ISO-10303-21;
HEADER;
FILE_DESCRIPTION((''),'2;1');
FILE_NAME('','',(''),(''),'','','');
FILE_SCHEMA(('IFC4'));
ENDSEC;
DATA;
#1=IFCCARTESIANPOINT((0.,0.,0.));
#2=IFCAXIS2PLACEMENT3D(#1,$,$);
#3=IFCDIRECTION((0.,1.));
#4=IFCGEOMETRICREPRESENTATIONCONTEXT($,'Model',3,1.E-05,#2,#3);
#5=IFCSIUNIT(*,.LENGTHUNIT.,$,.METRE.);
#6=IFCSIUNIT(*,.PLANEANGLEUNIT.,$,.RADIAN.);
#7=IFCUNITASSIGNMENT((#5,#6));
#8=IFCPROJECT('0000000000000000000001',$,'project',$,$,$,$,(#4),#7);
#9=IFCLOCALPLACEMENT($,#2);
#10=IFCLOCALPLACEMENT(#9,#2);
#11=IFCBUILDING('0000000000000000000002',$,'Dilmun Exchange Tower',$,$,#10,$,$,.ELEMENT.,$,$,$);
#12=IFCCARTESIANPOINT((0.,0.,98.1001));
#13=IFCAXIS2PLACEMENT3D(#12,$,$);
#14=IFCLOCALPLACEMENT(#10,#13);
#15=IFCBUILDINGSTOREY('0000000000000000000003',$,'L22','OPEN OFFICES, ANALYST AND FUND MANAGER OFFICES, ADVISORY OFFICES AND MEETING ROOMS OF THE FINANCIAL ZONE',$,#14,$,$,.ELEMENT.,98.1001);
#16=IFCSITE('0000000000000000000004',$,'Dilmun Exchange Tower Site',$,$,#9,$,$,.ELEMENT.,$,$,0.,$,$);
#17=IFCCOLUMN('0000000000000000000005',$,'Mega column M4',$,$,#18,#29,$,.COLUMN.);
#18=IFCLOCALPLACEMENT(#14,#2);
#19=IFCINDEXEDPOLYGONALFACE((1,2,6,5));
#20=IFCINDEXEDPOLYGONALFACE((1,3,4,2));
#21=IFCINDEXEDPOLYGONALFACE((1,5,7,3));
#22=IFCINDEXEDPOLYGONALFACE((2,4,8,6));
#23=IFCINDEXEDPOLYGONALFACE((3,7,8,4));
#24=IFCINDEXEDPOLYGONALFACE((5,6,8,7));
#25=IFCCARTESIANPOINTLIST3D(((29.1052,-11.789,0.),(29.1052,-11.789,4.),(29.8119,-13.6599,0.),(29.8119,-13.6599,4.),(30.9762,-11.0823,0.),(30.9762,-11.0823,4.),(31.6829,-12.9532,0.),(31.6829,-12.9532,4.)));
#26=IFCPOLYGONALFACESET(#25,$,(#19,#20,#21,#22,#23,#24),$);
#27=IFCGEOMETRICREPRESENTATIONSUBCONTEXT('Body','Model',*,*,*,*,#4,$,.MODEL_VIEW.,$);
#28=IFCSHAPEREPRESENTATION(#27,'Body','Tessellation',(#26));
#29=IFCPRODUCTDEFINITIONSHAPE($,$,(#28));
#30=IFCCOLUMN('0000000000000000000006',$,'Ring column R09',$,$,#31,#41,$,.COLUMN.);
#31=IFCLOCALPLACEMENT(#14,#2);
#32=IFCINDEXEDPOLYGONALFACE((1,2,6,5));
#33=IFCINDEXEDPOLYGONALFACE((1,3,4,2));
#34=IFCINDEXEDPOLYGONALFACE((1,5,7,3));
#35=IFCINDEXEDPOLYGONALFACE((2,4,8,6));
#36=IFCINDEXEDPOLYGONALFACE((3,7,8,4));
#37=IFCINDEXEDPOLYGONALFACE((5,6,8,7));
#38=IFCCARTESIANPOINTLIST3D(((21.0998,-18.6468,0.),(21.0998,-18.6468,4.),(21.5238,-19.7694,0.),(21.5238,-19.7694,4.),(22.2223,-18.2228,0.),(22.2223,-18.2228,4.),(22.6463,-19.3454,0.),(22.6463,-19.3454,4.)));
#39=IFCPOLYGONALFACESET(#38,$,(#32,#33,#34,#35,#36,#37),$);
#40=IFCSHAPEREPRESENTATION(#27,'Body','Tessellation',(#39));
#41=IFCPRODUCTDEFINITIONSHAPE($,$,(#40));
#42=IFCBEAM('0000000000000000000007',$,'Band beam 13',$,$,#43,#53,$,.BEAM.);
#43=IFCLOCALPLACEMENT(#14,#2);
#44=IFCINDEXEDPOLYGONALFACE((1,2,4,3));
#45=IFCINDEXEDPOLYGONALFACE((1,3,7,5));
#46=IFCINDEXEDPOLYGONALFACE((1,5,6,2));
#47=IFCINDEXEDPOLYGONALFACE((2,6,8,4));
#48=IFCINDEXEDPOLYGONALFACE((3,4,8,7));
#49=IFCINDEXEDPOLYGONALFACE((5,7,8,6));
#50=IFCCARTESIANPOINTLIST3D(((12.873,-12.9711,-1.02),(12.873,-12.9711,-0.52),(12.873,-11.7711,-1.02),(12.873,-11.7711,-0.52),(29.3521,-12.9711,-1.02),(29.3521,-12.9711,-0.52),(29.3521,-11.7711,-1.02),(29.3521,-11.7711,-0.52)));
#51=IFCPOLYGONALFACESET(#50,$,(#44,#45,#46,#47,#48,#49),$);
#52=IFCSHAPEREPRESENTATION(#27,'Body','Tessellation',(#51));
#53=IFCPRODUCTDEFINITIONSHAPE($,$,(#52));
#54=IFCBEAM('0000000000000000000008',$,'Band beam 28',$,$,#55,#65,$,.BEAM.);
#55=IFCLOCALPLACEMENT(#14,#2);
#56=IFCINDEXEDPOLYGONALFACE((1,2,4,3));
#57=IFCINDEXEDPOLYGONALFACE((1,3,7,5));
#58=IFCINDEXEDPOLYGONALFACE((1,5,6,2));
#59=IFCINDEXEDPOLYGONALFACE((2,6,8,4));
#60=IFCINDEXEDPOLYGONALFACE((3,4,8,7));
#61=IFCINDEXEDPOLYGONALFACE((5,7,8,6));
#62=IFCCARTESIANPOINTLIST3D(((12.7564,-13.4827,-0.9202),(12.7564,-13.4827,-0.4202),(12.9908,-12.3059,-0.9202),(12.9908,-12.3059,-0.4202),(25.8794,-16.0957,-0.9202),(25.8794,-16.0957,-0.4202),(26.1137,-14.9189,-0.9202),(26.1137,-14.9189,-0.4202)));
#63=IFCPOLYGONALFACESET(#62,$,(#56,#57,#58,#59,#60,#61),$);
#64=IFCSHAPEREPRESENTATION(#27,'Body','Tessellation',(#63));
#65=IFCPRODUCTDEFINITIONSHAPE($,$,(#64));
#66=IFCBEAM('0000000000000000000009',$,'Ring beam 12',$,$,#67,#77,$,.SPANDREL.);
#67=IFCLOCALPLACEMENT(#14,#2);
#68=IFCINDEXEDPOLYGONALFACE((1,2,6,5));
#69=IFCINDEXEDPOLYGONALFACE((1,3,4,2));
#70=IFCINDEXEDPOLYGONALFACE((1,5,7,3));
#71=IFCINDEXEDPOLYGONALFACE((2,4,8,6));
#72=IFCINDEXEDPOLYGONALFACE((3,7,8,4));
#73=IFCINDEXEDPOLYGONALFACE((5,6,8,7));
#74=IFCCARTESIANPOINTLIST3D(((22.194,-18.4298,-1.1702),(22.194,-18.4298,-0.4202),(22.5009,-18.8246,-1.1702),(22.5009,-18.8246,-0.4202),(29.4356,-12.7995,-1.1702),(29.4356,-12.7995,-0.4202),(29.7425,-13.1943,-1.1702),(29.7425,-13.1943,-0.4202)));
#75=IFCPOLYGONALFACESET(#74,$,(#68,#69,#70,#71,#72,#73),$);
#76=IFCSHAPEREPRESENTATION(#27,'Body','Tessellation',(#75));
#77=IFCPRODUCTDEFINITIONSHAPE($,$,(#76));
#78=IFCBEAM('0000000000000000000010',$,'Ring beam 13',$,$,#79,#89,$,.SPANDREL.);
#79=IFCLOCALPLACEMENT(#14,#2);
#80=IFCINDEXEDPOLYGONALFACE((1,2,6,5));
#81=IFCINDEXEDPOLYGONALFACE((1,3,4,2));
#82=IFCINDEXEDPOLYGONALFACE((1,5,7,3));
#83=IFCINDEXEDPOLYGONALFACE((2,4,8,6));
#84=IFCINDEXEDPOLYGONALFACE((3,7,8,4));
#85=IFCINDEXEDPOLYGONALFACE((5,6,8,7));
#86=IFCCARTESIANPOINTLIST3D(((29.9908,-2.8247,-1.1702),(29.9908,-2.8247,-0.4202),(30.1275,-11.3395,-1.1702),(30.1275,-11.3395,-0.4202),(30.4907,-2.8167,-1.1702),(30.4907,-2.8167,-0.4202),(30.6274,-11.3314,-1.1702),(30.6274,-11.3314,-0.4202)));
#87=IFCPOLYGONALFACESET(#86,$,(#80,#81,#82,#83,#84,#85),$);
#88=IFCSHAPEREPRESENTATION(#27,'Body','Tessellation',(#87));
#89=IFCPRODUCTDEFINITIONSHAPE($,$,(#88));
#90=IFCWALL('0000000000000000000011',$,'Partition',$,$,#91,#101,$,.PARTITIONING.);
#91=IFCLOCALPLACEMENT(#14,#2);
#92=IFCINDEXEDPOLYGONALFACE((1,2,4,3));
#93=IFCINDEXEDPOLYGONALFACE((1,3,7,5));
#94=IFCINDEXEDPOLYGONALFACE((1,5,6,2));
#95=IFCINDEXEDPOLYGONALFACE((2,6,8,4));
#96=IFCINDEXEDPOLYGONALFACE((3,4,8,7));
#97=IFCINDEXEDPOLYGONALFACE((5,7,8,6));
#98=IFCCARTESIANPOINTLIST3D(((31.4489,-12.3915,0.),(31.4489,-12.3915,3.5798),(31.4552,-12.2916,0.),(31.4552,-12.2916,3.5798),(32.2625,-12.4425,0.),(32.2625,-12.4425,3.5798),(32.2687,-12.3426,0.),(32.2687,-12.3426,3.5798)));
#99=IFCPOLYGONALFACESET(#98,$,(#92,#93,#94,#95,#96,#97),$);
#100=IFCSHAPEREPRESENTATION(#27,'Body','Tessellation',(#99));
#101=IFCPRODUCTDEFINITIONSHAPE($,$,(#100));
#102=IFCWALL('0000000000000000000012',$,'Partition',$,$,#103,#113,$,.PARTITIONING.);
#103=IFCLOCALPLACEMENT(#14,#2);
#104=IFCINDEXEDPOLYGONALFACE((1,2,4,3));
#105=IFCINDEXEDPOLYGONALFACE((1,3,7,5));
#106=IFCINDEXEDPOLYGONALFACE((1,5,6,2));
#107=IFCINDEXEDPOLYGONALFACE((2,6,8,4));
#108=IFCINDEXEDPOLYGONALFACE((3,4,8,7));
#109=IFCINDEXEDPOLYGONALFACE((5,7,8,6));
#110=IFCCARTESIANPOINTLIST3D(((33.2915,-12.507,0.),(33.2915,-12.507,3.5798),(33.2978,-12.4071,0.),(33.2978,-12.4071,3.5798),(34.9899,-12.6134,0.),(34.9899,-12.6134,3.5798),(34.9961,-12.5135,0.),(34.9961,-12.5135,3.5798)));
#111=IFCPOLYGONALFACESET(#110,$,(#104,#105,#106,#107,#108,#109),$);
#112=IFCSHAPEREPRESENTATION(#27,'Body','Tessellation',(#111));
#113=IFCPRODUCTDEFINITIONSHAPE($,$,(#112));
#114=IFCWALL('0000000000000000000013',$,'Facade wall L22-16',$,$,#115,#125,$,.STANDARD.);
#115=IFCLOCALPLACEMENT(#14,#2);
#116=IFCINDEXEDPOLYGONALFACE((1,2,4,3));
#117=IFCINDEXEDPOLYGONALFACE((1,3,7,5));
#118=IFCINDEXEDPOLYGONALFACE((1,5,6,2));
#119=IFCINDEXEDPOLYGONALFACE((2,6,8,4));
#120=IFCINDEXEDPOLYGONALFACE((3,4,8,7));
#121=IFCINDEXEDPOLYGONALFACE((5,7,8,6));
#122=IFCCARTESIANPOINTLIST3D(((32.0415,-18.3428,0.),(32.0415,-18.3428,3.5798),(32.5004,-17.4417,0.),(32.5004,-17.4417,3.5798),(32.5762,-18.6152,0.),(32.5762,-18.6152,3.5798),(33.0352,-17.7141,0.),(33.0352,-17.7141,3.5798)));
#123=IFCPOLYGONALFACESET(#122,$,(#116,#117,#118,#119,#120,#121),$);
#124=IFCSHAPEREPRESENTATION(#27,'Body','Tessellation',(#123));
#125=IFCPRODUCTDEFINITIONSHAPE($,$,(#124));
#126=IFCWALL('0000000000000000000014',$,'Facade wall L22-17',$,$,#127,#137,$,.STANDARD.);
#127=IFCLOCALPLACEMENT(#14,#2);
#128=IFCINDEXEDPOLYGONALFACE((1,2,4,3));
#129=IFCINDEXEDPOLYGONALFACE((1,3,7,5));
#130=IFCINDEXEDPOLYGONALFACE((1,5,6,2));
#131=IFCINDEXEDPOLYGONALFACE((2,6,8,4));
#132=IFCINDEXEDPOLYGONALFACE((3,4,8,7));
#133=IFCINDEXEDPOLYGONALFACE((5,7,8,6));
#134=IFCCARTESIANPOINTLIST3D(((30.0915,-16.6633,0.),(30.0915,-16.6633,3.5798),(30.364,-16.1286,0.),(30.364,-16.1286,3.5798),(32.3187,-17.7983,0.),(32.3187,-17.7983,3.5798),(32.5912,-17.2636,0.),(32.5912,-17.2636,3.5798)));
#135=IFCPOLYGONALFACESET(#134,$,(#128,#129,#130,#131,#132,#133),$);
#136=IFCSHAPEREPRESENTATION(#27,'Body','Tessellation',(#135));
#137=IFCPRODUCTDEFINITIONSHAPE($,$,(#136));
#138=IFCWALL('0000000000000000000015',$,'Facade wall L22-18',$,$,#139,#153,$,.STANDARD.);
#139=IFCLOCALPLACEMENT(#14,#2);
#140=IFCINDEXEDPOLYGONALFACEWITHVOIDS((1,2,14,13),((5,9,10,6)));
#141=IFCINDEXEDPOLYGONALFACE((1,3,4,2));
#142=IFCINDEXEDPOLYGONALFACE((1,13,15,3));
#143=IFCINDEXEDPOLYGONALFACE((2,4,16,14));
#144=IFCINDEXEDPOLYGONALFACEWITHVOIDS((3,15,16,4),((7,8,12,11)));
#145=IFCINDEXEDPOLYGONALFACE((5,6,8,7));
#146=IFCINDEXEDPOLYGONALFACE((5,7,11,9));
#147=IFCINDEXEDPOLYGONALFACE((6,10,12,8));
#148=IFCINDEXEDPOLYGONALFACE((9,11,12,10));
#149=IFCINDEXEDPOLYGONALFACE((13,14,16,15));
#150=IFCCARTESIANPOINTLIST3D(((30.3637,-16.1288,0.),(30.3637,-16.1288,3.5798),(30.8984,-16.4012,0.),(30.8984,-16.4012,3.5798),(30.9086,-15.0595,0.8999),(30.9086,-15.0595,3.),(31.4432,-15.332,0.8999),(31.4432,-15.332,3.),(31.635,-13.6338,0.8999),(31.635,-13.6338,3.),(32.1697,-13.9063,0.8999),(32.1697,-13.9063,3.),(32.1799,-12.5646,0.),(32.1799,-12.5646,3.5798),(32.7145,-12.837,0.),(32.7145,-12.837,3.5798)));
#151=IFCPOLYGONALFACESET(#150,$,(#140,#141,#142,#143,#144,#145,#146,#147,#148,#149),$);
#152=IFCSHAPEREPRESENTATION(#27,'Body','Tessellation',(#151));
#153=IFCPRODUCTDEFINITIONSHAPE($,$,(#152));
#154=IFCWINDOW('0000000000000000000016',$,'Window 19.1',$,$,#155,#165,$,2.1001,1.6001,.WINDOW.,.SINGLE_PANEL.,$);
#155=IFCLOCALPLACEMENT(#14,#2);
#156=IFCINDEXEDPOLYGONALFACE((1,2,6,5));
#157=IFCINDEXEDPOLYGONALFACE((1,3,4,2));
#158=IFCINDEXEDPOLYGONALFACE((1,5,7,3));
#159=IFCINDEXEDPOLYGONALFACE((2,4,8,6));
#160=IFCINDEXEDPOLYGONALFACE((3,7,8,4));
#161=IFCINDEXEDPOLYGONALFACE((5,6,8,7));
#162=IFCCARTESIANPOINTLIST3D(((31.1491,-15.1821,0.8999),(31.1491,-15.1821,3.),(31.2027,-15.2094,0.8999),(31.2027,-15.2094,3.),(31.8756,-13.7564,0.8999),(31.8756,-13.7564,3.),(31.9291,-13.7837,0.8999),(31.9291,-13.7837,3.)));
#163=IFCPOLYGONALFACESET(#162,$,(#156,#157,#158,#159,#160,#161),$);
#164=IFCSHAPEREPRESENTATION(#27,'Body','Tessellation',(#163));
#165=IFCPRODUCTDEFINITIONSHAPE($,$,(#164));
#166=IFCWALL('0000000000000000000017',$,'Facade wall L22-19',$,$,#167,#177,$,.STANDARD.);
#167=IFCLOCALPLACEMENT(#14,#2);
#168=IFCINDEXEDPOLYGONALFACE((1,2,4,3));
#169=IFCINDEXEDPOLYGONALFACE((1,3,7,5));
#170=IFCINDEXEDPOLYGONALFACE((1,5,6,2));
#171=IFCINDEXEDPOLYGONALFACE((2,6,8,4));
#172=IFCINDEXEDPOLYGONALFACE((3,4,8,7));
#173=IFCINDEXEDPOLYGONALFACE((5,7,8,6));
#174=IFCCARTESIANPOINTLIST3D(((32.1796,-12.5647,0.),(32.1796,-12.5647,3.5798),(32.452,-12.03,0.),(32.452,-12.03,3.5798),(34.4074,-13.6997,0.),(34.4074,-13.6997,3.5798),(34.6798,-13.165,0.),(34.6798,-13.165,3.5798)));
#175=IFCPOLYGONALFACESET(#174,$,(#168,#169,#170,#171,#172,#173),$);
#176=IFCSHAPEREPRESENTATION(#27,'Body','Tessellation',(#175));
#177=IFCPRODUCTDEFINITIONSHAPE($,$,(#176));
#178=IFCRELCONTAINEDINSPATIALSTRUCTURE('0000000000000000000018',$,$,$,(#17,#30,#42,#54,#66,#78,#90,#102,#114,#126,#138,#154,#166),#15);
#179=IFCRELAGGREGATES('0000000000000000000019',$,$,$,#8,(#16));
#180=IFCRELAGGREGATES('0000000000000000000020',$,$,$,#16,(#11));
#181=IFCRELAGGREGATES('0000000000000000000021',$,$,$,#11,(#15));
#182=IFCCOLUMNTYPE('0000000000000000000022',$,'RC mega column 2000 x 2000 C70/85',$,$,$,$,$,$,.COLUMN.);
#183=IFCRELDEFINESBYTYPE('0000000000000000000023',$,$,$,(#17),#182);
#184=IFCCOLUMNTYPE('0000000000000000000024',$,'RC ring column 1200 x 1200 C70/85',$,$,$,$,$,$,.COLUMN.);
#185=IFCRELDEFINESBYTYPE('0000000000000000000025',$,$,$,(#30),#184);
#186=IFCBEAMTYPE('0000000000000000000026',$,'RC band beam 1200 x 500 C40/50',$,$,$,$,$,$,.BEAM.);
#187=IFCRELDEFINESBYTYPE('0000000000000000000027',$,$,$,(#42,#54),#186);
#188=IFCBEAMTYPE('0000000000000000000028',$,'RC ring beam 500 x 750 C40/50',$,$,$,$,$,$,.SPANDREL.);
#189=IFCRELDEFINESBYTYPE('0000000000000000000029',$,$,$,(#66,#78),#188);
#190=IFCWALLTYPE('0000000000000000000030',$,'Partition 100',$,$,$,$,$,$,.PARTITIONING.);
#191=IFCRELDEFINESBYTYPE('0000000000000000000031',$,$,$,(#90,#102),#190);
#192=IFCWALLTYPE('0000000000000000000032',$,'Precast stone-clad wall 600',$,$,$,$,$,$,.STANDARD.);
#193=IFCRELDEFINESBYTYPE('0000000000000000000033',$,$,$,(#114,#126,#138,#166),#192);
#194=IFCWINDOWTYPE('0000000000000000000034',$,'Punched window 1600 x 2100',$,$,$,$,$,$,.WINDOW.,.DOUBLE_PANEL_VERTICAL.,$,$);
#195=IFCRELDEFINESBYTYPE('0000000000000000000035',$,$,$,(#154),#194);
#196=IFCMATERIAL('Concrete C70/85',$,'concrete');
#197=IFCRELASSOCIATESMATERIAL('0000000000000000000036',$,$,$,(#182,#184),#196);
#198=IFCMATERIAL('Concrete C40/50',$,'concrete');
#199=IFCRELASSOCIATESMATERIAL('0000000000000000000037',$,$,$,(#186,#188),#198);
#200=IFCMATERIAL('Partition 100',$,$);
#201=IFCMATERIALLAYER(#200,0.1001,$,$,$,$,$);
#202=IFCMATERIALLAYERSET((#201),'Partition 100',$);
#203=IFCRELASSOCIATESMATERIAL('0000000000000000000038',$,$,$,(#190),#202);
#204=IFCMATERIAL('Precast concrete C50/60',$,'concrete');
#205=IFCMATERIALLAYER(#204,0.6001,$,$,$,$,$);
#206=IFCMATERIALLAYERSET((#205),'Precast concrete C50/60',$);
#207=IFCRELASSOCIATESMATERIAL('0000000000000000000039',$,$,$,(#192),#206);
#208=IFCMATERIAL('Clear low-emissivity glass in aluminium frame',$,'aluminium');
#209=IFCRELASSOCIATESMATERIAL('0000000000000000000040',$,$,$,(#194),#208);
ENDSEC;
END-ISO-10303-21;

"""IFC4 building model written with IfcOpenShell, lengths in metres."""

from ifc_helpers import new_model, si_unit, direction, frame, frame_2d, origin, origin_2d, place, context, subcontext, project, spatial, rectangle, extrude, material, layer, layer_set, material_profile, profile_set, type_object, element, fill, save


model = new_model("IFC4")

# Units and contexts
model_context = context("Model", 3, precision=1e-05, world=origin(), true_north=direction((0.0, 1.0)))
body_context = subcontext(model_context, "Body", "Model", "MODEL_VIEW")
ifc_project = project(units=[si_unit("LENGTHUNIT", "METRE"), si_unit("PLANEANGLEUNIT", "RADIAN")], contexts=[model_context])

# Site, building, storey
site_placement = place(None, origin())
site = spatial("IfcSite", under=ifc_project, at=site_placement, Name="Dilmun Exchange Tower Site", CompositionType="ELEMENT", RefElevation=0.0)
building_placement = place(site_placement, origin())
building = spatial("IfcBuilding", under=site, at=building_placement, Name="Dilmun Exchange Tower", CompositionType="ELEMENT")
storey_placement = place(building_placement, frame((0.0, 0.0, 98.1001)))
storey = spatial("IfcBuildingStorey", under=building, at=storey_placement, Name="L22", Description="OPEN OFFICES, ANALYST AND FUND MANAGER OFFICES, ADVISORY OFFICES AND MEETING ROOMS OF THE FINANCIAL ZONE", CompositionType="ELEMENT", Elevation=98.1001)

# Columns
ifc_material_1 = material(Name="Concrete C70/85", Category="concrete")
ifc_material_profile_1 = material_profile(ifc_material_1, rectangle(XDim=2.0, YDim=2.0, at=origin_2d()), Name="2000 x 2000")
ifc_profile_set_1 = profile_set([ifc_material_profile_1], Name="Concrete C70/85")
column_type_1 = type_object("IfcColumnType", Name="RC mega column 2000 x 2000 C70/85", PredefinedType="COLUMN", material=ifc_profile_set_1)
column_1_placement = place(storey_placement, frame((30.394, -12.3711, 0.0), z_axis=(0.0, 0.0, 1.0), x_axis=(0.935492, 0.353349, 0.0)))
element("IfcColumn", 1, at=column_1_placement, inside=storey, type_object=column_type_1, Name="Mega column M4", PredefinedType="COLUMN", context=body_context, shape_type="SweptSolid", body=[
    extrude(rectangle(XDim=2.0, YDim=2.0, at=origin_2d()), origin(), (0.0, 0.0, 1.0), 4.0),
])
ifc_material_profile_2 = material_profile(ifc_material_1, rectangle(XDim=1.2, YDim=1.2, at=origin_2d()), Name="1200 x 1200")
ifc_profile_set_2 = profile_set([ifc_material_profile_2], Name="Concrete C70/85")
column_type_2 = type_object("IfcColumnType", Name="RC ring column 1200 x 1200 C70/85", PredefinedType="COLUMN", material=ifc_profile_set_2)
column_2_placement = place(storey_placement, frame((21.873, -18.9961, 0.0), z_axis=(0.0, 0.0, 1.0), x_axis=(0.935492, 0.353349, 0.0)))
element("IfcColumn", 2, at=column_2_placement, inside=storey, type_object=column_type_2, Name="Ring column R09", PredefinedType="COLUMN", context=body_context, shape_type="SweptSolid", body=[
    extrude(rectangle(XDim=1.2, YDim=1.2, at=origin_2d()), origin(), (0.0, 0.0, 1.0), 4.0),
])

# Beams
ifc_material_2 = material(Name="Concrete C40/50", Category="concrete")
ifc_material_profile_3 = material_profile(ifc_material_2, rectangle(XDim=1.2, YDim=0.5, at=origin_2d()), Name="1200 x 500")
ifc_profile_set_3 = profile_set([ifc_material_profile_3], Name="Concrete C40/50")
beam_type_1 = type_object("IfcBeamType", Name="RC band beam 1200 x 500 C40/50", PredefinedType="BEAM", material=ifc_profile_set_3)
beam_1_placement = place(storey_placement, frame((29.3521, -12.3711, -0.77), z_axis=(-1.0, 0.0, 0.0), x_axis=(0.0, -1.0, 0.0)))
element("IfcBeam", 3, at=beam_1_placement, inside=storey, type_object=beam_type_1, Name="Band beam 13", PredefinedType="BEAM", context=body_context, shape_type="SweptSolid", body=[
    extrude(rectangle(XDim=1.2, YDim=0.5, at=origin_2d()), origin(), (0.0, 0.0, 1.0), 16.479),
])
beam_2_placement = place(storey_placement, frame((25.9966, -15.5073, -0.6702), z_axis=(-0.980747, 0.195284, 0.0), x_axis=(-0.195284, -0.980747, 0.0)))
element("IfcBeam", 4, at=beam_2_placement, inside=storey, type_object=beam_type_1, Name="Band beam 28", PredefinedType="BEAM", context=body_context, shape_type="SweptSolid", body=[
    extrude(rectangle(XDim=1.2, YDim=0.5, at=origin_2d()), origin(), (0.0, 0.0, 1.0), 13.3806),
])
ifc_material_profile_4 = material_profile(ifc_material_2, rectangle(XDim=0.5, YDim=0.75, at=origin_2d()), Name="500 x 750")
ifc_profile_set_4 = profile_set([ifc_material_profile_4], Name="Concrete C40/50")
beam_type_2 = type_object("IfcBeamType", Name="RC ring beam 500 x 750 C40/50", PredefinedType="SPANDREL", material=ifc_profile_set_4)
beam_3_placement = place(storey_placement, frame((22.3474, -18.6272, -0.7952), z_axis=(0.789461, 0.613801, 0.0), x_axis=(-0.613801, 0.789461, 0.0)))
element("IfcBeam", 5, at=beam_3_placement, inside=storey, type_object=beam_type_2, Name="Ring beam 12", PredefinedType="SPANDREL", context=body_context, shape_type="SweptSolid", body=[
    extrude(rectangle(XDim=0.5, YDim=0.75, at=origin_2d()), origin(), (0.0, 0.0, 1.0), 9.1729),
])
beam_4_placement = place(storey_placement, frame((30.3774, -11.3354, -0.7952), z_axis=(-0.016054, 0.999871, 0.0), x_axis=(-0.999871, -0.016054, 0.0)))
element("IfcBeam", 6, at=beam_4_placement, inside=storey, type_object=beam_type_2, Name="Ring beam 13", PredefinedType="SPANDREL", context=body_context, shape_type="SweptSolid", body=[
    extrude(rectangle(XDim=0.5, YDim=0.75, at=origin_2d()), origin(), (0.0, 0.0, 1.0), 8.5159),
])

# Walls
ifc_material_3 = material(Name="Partition 100")
ifc_layer_1 = layer(ifc_material_3, 0.1001)
ifc_layer_set_1 = layer_set([ifc_layer_1], Name="Partition 100")
wall_type_1 = type_object("IfcWallType", Name="Partition 100", PredefinedType="PARTITIONING", material=ifc_layer_set_1)
wall_1_placement = place(storey_placement, frame((31.4519, -12.3416, 0.0), z_axis=(0.0, 0.0, 1.0), x_axis=(0.998039, -0.062602, 0.0)))
element("IfcWall", 7, at=wall_1_placement, inside=storey, type_object=wall_type_1, Name="Partition", PredefinedType="PARTITIONING", context=body_context, shape_type="SweptSolid", body=[
    extrude(rectangle(XDim=0.8152, YDim=0.1001, at=frame_2d((0.4077, 0.0))), origin(), (0.0, 0.0, 1.0), 3.5798),
])
wall_2_placement = place(storey_placement, frame((33.2947, -12.457, 0.0), z_axis=(0.0, 0.0, 1.0), x_axis=(0.998041, -0.062557, 0.0)))
element("IfcWall", 8, at=wall_2_placement, inside=storey, type_object=wall_type_1, Name="Partition", PredefinedType="PARTITIONING", context=body_context, shape_type="SweptSolid", body=[
    extrude(rectangle(XDim=1.7017, YDim=0.1001, at=frame_2d((0.8508, 0.0))), origin(), (0.0, 0.0, 1.0), 3.5798),
])
ifc_material_4 = material(Name="Precast concrete C50/60", Category="concrete")
ifc_layer_2 = layer(ifc_material_4, 0.6001)
ifc_layer_set_2 = layer_set([ifc_layer_2], Name="Precast concrete C50/60")
wall_type_2 = type_object("IfcWallType", Name="Precast stone-clad wall 600", PredefinedType="STANDARD", material=ifc_layer_set_2)
wall_3_placement = place(storey_placement, frame((32.3088, -18.479, 0.0), z_axis=(0.0, 0.0, 1.0), x_axis=(0.453864, 0.891071, 0.0)))
element("IfcWall", 9, at=wall_3_placement, inside=storey, type_object=wall_type_2, Name="Facade wall L22-16", PredefinedType="STANDARD", context=body_context, shape_type="SweptSolid", body=[
    extrude(rectangle(XDim=1.0112, YDim=0.6001, at=frame_2d((0.5056, 0.0))), origin(), (0.0, 0.0, 1.0), 3.5798),
])
wall_4_placement = place(storey_placement, frame((32.4551, -17.531, 0.0), z_axis=(0.0, 0.0, 1.0), x_axis=(-0.890983, 0.454037, 0.0)))
element("IfcWall", 10, at=wall_4_placement, inside=storey, type_object=wall_type_2, Name="Facade wall L22-17", PredefinedType="STANDARD", context=body_context, shape_type="SweptSolid", body=[
    extrude(rectangle(XDim=2.4998, YDim=0.6001, at=frame_2d((1.25, 0.0))), origin(), (0.0, 0.0, 1.0), 3.5798),
])

# Wall, opening, window
wall_5_placement = place(storey_placement, frame((30.6311, -16.2649, 0.0), z_axis=(0.0, 0.0, 1.0), x_axis=(0.454012, 0.890996, 0.0)))
wall_5 = element("IfcWall", 11, at=wall_5_placement, inside=storey, type_object=wall_type_2, Name="Facade wall L22-18", PredefinedType="STANDARD", context=body_context, shape_type="SweptSolid", body=[
    extrude(rectangle(XDim=4.0002, YDim=0.6001, at=frame_2d((2.0, 0.0))), origin(), (0.0, 0.0, 1.0), 3.5798),
])
opening_1_placement = place(wall_5_placement, frame((1.2, 0.0, 0.8999)))
opening_1 = element("IfcOpeningElement", 12, at=opening_1_placement, cuts=wall_5, PredefinedType="OPENING", context=body_context, shape_type="SweptSolid", body=[
    extrude(rectangle(XDim=1.6001, YDim=2.1001, at=frame_2d((0.8, 1.05))), frame((0.0, 0.3101, 0.0), z_axis=(0.0, -1.0, 0.0), x_axis=(1.0, 0.0, 0.0)), (0.0, 0.0, 1.0), 0.6201),
])
ifc_material_5 = material(Name="Clear low-emissivity glass in aluminium frame", Category="aluminium")
window_type_1 = type_object("IfcWindowType", Name="Punched window 1600 x 2100", PartitioningType="DOUBLE_PANEL_VERTICAL", PredefinedType="WINDOW", material=ifc_material_5)
window_1_placement = place(opening_1_placement, origin())
window_1 = element("IfcWindow", 13, at=window_1_placement, inside=storey, type_object=window_type_1, Name="Window 19.1", OverallHeight=2.1001, OverallWidth=1.6001, PartitioningType="SINGLE_PANEL", PredefinedType="WINDOW", context=body_context, shape_type="SweptSolid", body=[
    extrude(rectangle(XDim=1.6001, YDim=2.1001, at=frame_2d((0.8, 1.05))), frame((0.0, 0.03, 0.0), z_axis=(0.0, -1.0, 0.0), x_axis=(1.0, 0.0, 0.0)), (0.0, 0.0, 1.0), 0.0601),
])
fill(opening_1, window_1)

# Wall
wall_6_placement = place(storey_placement, frame((32.3159, -12.2974, 0.0), z_axis=(0.0, 0.0, 1.0), x_axis=(0.891023, -0.453958, 0.0)))
element("IfcWall", 14, at=wall_6_placement, inside=storey, type_object=wall_type_2, Name="Facade wall L22-19", PredefinedType="STANDARD", context=body_context, shape_type="SweptSolid", body=[
    extrude(rectangle(XDim=2.5002, YDim=0.6001, at=frame_2d((1.25, 0.0))), origin(), (0.0, 0.0, 1.0), 3.5798),
])

save(model, "model.ifc")
